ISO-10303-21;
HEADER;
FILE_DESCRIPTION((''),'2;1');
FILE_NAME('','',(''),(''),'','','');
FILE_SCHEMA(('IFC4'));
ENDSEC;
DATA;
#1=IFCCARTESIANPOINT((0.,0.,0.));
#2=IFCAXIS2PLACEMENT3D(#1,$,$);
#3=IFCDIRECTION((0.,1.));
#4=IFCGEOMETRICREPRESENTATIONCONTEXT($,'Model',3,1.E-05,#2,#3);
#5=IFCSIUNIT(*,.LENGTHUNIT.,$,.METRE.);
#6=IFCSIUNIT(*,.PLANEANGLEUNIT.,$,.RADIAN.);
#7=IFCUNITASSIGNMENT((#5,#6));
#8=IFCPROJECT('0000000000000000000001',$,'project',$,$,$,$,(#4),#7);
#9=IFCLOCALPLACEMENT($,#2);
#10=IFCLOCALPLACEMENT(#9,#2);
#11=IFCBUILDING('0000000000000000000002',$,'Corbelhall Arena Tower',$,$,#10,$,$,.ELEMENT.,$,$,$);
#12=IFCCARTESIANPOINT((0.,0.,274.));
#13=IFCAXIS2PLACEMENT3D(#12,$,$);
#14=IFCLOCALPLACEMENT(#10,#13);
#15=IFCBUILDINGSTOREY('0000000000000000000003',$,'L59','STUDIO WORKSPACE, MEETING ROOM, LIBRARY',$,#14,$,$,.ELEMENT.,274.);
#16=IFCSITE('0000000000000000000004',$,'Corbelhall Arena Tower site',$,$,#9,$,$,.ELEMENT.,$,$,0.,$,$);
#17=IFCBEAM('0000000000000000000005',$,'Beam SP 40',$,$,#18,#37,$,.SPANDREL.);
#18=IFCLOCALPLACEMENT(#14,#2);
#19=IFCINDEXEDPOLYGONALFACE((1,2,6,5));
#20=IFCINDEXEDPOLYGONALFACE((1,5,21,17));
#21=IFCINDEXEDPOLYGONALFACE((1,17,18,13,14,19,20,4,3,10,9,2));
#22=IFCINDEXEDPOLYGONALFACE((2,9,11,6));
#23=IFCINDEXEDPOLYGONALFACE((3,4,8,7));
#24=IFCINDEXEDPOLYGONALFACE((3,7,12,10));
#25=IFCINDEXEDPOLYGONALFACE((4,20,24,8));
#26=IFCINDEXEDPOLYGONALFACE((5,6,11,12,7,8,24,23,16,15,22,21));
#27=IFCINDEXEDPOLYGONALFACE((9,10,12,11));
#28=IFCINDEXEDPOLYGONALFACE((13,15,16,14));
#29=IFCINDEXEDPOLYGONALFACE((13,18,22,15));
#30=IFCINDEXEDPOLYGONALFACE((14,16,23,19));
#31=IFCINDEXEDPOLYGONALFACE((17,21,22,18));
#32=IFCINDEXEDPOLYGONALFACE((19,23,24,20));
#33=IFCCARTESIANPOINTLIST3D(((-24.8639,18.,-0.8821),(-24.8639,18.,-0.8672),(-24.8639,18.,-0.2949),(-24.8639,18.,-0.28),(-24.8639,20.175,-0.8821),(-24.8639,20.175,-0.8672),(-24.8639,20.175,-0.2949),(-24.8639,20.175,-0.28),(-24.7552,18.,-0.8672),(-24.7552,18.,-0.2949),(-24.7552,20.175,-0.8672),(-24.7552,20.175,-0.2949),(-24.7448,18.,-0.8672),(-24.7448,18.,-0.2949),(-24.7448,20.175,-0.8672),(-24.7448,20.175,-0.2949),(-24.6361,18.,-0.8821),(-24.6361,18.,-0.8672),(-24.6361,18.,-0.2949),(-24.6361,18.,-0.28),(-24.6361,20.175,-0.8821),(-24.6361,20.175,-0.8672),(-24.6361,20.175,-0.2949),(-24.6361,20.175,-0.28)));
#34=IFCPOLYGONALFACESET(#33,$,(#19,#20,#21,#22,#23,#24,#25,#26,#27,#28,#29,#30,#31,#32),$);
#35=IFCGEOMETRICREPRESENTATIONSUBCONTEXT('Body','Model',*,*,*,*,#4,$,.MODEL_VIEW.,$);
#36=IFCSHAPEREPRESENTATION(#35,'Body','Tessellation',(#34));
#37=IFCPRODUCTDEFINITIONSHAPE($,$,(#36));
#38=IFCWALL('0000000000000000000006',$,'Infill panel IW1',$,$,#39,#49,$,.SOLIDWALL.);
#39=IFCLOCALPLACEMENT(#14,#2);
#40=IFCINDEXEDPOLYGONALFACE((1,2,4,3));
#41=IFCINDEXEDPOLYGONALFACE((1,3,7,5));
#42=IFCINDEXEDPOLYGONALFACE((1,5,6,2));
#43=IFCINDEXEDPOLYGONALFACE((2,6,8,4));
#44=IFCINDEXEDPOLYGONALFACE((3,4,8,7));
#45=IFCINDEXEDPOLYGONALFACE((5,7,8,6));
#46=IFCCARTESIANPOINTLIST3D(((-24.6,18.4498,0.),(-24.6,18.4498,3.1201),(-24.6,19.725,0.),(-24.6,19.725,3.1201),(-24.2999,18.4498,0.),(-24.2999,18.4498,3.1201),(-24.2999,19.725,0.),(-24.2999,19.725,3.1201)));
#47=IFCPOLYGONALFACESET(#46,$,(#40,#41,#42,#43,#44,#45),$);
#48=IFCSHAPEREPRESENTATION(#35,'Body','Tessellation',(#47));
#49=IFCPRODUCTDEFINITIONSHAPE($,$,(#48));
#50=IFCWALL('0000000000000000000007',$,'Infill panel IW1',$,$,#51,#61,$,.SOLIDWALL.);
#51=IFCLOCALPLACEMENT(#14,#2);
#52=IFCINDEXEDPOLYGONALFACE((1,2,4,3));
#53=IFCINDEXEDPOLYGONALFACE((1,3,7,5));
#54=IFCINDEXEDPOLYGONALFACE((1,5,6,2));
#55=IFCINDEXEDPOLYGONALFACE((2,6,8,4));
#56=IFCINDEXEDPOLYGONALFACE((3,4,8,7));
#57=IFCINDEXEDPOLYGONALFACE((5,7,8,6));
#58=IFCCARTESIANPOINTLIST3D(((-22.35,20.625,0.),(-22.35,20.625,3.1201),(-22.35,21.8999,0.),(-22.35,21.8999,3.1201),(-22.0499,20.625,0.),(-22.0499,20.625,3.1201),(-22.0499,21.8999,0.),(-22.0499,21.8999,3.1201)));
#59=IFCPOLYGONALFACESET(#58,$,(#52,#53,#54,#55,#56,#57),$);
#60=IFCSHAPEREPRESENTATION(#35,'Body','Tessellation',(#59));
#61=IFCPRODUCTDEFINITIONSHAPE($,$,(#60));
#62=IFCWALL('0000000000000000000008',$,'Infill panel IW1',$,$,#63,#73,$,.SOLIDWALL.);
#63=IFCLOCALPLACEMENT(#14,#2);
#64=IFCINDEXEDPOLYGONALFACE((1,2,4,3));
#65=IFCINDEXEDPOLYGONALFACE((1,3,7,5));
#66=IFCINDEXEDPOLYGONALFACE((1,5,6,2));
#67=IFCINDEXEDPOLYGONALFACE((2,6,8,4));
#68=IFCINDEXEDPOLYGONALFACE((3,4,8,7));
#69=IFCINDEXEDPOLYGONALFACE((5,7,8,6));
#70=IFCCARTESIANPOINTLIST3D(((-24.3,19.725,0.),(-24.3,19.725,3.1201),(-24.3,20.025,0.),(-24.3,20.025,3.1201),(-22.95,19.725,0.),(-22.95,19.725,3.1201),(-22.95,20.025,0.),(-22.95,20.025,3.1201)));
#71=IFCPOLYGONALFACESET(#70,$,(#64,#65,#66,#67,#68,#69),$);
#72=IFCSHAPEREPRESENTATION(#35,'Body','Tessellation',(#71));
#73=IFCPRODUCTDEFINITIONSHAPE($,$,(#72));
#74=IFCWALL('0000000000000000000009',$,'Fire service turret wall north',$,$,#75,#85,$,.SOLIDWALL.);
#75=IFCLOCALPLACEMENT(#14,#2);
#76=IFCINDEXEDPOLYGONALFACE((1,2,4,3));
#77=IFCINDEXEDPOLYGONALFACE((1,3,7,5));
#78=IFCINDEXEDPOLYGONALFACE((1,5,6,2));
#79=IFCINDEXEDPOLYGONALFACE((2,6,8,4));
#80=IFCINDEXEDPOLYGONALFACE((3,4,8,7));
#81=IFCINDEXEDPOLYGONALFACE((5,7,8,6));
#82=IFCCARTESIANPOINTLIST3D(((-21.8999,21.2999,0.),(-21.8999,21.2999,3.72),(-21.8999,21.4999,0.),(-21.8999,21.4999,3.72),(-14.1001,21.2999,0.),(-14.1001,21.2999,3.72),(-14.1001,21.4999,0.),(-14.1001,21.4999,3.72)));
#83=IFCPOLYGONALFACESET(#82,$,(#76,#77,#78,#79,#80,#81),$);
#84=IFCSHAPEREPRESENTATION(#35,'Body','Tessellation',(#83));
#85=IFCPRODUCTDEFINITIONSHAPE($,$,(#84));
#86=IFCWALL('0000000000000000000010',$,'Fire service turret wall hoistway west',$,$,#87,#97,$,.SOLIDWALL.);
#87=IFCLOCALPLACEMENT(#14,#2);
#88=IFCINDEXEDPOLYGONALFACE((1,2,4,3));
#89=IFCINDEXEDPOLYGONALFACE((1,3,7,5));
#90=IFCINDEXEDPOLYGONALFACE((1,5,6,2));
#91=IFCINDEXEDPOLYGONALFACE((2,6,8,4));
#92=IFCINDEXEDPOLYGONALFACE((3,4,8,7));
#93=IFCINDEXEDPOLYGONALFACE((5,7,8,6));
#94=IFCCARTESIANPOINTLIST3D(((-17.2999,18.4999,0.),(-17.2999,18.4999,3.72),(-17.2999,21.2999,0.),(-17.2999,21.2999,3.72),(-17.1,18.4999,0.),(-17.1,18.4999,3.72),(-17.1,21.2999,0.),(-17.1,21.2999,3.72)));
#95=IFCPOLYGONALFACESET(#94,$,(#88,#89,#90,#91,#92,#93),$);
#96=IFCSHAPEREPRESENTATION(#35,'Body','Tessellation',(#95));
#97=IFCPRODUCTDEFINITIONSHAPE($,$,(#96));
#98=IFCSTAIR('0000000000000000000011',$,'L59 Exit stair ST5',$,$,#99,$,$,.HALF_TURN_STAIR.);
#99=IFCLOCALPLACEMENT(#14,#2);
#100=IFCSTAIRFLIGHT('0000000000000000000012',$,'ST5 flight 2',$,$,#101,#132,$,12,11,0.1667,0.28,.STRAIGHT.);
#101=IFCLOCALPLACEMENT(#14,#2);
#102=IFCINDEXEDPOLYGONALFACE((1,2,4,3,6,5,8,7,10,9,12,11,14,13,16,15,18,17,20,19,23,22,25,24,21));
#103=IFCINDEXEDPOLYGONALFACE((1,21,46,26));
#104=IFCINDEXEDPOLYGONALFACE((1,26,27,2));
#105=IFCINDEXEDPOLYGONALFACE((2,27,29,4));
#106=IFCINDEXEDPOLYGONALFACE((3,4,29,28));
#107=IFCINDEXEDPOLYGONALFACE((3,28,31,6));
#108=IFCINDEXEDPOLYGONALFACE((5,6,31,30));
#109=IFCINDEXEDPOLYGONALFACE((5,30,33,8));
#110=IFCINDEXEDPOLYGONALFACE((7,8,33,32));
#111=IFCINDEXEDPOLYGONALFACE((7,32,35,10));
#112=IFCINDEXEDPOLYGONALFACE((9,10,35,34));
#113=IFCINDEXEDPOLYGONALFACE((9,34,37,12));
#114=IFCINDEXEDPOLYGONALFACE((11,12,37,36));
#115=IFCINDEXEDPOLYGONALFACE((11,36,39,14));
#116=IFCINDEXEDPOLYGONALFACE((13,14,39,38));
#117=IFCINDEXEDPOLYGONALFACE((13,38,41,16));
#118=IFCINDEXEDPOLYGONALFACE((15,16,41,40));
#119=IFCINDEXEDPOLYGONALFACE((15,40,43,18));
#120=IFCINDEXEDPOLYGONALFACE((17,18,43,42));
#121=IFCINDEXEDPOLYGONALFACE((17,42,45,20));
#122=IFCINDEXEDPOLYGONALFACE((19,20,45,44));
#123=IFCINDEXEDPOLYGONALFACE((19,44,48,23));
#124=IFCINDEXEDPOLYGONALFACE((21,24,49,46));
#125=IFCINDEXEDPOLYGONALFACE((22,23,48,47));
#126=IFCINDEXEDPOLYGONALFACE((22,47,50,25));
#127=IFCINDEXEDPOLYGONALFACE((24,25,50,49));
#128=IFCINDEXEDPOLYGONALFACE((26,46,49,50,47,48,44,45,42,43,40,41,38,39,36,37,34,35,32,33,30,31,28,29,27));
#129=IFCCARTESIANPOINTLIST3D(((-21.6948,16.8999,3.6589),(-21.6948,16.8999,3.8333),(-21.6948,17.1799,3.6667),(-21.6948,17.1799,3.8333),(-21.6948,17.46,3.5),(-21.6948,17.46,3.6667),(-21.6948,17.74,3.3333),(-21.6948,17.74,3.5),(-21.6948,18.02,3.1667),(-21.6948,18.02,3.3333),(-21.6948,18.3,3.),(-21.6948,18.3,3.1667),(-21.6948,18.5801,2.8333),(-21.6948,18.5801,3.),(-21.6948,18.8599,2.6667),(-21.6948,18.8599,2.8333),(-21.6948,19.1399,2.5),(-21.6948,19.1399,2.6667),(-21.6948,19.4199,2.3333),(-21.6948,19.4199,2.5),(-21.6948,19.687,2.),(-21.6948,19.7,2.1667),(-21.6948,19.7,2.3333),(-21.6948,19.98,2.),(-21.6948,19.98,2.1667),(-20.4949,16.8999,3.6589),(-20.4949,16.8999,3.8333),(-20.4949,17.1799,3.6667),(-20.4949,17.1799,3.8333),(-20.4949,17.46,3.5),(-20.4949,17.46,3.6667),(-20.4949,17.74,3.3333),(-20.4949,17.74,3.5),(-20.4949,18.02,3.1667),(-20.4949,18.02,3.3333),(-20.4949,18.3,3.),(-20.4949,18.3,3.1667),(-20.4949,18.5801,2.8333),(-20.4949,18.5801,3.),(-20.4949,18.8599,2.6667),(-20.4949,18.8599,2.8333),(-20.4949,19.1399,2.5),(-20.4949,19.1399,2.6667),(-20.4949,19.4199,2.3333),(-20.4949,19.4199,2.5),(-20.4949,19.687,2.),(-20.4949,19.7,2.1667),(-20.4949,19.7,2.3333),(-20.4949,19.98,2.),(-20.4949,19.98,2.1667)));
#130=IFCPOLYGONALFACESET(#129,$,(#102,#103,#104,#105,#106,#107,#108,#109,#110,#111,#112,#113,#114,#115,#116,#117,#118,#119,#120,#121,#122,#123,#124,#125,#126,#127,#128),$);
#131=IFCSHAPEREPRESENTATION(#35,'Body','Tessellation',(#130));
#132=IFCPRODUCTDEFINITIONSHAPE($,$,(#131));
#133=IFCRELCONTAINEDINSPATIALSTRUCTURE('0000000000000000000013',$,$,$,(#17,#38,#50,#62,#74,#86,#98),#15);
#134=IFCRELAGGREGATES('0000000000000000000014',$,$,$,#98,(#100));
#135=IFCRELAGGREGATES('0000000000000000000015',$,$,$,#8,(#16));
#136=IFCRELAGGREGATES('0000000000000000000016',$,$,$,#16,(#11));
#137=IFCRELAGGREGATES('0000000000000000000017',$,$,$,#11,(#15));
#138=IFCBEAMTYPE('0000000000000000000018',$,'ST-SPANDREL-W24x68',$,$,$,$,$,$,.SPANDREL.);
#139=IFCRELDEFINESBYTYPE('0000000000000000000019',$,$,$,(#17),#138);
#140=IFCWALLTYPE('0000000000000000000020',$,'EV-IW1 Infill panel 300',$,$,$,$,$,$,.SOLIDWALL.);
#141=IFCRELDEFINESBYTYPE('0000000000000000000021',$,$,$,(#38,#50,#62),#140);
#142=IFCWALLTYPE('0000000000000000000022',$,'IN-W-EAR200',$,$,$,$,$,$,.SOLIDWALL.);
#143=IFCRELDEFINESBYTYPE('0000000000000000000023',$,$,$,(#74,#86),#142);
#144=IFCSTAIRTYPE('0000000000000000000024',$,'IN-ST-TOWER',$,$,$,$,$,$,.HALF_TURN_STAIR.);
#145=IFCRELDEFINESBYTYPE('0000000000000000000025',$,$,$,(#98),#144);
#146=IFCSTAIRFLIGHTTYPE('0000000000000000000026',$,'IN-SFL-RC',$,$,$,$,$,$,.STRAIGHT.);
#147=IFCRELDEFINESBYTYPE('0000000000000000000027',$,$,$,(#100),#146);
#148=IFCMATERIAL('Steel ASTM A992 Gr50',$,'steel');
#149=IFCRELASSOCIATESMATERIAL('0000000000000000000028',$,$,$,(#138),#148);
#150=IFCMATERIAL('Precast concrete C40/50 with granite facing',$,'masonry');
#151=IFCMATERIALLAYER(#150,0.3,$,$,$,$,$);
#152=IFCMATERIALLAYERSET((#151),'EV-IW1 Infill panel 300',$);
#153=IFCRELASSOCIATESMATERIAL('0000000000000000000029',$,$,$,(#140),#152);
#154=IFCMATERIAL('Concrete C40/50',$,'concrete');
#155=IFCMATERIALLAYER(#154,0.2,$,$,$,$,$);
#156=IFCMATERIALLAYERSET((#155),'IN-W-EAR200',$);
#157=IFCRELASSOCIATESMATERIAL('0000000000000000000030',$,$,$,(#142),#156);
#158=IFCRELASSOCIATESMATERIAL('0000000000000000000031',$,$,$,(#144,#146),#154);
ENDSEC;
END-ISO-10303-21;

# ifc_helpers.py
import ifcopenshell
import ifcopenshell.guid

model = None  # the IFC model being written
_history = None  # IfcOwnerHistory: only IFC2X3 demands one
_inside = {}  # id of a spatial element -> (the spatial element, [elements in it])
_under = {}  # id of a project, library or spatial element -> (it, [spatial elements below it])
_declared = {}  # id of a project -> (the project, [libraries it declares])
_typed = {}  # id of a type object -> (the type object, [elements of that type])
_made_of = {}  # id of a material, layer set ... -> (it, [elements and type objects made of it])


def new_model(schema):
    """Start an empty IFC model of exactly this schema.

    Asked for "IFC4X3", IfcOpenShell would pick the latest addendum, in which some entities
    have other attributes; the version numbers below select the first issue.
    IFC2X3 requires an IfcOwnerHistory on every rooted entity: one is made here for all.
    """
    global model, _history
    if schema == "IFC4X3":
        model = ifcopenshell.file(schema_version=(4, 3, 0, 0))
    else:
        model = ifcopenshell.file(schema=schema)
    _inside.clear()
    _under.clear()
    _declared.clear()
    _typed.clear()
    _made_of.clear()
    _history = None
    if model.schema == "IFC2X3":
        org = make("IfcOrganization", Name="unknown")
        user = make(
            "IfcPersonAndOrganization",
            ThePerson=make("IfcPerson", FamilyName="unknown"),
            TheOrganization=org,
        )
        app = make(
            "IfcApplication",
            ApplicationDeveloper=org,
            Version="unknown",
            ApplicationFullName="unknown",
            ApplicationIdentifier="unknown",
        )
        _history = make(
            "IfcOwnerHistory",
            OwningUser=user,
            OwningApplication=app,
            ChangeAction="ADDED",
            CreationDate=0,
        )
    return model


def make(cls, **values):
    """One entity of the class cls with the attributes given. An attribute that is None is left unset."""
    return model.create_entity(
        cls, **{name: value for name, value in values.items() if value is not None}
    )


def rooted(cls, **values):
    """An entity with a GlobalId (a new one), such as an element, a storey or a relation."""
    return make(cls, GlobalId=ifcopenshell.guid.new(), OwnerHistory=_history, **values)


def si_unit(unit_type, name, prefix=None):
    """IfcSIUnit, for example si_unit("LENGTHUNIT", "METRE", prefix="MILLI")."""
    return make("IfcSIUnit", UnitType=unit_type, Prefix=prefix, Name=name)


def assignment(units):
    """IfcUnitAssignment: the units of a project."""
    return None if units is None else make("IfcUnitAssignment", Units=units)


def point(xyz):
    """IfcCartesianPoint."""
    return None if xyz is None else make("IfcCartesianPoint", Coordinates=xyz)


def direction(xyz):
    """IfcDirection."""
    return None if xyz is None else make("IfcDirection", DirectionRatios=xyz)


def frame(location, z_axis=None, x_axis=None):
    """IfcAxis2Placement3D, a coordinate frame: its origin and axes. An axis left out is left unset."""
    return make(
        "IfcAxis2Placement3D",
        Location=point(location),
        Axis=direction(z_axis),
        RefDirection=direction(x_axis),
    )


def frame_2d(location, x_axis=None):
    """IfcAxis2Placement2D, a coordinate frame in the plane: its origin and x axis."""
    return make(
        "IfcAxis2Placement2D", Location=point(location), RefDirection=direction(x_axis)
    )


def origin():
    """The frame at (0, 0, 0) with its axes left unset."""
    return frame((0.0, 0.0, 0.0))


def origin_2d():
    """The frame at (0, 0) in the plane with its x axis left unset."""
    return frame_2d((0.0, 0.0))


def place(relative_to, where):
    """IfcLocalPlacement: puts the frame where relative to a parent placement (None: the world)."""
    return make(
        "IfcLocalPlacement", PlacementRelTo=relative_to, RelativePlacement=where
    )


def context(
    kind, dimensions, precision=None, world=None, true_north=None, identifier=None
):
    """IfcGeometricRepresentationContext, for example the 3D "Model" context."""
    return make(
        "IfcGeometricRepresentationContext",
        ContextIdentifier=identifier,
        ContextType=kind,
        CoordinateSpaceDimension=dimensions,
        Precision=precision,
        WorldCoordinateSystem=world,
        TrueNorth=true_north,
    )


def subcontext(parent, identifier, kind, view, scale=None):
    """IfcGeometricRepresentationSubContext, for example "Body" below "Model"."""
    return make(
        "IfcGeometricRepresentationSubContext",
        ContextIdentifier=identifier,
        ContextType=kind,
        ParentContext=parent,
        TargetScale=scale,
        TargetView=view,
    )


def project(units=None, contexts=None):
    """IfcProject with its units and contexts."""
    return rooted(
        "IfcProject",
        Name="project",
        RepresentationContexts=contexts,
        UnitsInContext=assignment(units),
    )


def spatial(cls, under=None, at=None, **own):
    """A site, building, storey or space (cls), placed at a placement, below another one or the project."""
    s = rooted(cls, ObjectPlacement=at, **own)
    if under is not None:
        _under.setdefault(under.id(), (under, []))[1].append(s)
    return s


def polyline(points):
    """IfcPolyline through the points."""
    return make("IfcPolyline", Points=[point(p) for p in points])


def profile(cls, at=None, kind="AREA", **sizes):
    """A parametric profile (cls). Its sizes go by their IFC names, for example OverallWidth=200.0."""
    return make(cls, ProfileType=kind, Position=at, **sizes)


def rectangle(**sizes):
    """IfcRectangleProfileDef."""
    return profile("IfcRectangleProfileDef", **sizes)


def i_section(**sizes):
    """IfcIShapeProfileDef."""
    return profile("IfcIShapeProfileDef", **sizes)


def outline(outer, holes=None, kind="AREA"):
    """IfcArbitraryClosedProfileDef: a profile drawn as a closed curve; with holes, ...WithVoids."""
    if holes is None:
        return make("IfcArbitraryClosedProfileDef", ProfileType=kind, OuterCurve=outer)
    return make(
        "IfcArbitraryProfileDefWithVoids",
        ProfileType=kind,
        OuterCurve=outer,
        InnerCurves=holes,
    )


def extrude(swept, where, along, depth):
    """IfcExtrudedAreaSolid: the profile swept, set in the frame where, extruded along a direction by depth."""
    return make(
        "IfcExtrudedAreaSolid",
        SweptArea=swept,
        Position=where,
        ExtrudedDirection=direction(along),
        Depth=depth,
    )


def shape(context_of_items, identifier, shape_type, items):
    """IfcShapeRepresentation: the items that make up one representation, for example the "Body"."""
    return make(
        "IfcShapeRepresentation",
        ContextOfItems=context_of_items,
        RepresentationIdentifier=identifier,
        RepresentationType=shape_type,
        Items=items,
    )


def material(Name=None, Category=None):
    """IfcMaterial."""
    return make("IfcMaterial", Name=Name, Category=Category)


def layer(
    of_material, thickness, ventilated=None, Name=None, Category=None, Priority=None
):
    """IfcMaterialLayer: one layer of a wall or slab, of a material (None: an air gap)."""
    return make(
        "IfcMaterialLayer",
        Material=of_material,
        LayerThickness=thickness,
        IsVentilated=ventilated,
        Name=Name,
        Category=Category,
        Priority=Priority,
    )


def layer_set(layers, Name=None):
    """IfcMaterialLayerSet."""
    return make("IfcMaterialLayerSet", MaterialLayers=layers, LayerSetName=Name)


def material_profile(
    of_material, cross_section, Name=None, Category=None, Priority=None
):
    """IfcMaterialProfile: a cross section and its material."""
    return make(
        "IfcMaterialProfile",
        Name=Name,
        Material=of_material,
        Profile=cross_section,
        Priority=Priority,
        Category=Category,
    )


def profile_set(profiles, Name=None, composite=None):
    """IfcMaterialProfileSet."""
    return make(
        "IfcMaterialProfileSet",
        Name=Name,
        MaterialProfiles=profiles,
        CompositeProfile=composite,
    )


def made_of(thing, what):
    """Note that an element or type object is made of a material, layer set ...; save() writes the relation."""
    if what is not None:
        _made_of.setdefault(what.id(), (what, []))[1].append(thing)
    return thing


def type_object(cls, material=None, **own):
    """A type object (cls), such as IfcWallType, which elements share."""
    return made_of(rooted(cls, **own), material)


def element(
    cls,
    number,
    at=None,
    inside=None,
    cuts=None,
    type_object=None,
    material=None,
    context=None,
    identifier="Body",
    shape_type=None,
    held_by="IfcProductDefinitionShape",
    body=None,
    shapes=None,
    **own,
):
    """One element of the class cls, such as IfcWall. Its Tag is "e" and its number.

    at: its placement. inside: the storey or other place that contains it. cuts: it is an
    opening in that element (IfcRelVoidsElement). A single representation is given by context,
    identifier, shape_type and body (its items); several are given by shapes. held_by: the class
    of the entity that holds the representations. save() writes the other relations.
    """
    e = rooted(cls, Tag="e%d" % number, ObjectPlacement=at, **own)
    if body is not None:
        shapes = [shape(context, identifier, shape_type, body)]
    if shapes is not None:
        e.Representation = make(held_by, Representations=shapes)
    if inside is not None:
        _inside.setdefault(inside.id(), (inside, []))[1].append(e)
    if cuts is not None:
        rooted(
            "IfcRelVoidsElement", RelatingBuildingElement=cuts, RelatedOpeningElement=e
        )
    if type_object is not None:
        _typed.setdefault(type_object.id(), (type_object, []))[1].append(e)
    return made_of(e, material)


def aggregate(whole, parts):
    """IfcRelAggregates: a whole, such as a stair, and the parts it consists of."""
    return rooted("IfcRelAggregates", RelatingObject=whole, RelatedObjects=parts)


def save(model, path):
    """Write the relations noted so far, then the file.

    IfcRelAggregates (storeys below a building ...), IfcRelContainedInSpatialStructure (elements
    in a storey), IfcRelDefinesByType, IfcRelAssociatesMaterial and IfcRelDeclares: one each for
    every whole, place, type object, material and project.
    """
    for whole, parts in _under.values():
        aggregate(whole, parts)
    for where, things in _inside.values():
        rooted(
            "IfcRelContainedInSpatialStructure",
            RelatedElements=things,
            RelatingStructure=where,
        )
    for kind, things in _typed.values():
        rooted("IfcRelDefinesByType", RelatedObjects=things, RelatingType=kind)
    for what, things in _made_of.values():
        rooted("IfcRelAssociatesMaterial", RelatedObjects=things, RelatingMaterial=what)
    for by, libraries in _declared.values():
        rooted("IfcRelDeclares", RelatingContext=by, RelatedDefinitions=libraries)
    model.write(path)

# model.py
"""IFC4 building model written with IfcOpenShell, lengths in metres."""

from ifc_helpers import new_model, si_unit, direction, frame, frame_2d, origin, origin_2d, place, context, subcontext, project, spatial, polyline, rectangle, i_section, outline, extrude, material, layer, layer_set, material_profile, profile_set, type_object, element, aggregate, save


model = new_model("IFC4")

# Units and contexts
model_context = context("Model", 3, precision=1e-05, world=origin(), true_north=direction((0.0, 1.0)))
body_context = subcontext(model_context, "Body", "Model", "MODEL_VIEW")
ifc_project = project(units=[si_unit("LENGTHUNIT", "METRE"), si_unit("PLANEANGLEUNIT", "RADIAN")], contexts=[model_context])

# Site, building, storey
site_placement = place(None, origin())
site = spatial("IfcSite", under=ifc_project, at=site_placement, Name="Corbelhall Arena Tower site", CompositionType="ELEMENT", RefElevation=0.0)
building_placement = place(site_placement, origin())
building = spatial("IfcBuilding", under=site, at=building_placement, Name="Corbelhall Arena Tower", CompositionType="ELEMENT")
storey_placement = place(building_placement, frame((0.0, 0.0, 274.0)))
storey = spatial("IfcBuildingStorey", under=building, at=storey_placement, Name="L59", Description="STUDIO WORKSPACE, MEETING ROOM, LIBRARY", CompositionType="ELEMENT", Elevation=274.0)

# Beam
ifc_material_1 = material(Name="Steel ASTM A992 Gr50", Category="steel")
ifc_material_profile_1 = material_profile(ifc_material_1, i_section(OverallWidth=0.2278, OverallDepth=0.6021, WebThickness=0.0105, FlangeThickness=0.0149, at=origin_2d()))
ifc_profile_set_1 = profile_set([ifc_material_profile_1], Name="Steel ASTM A992 Gr50")
beam_type = type_object("IfcBeamType", Name="ST-SPANDREL-W24x68", PredefinedType="SPANDREL", material=ifc_profile_set_1)
beam_1_placement = place(storey_placement, frame((-24.75, 18.0, -0.5811), z_axis=(0.0, 1.0, 0.0), x_axis=(-1.0, 0.0, 0.0)))
element("IfcBeam", 1, at=beam_1_placement, inside=storey, type_object=beam_type, Name="Beam SP 40", PredefinedType="SPANDREL", context=body_context, shape_type="SweptSolid", body=[
    extrude(i_section(OverallWidth=0.2278, OverallDepth=0.6021, WebThickness=0.0105, FlangeThickness=0.0149, at=origin_2d()), origin(), (0.0, 0.0, 1.0), 2.175),
])

# Wall
ifc_material_2 = material(Name="Precast concrete C40/50 with granite facing", Category="masonry")
ifc_layer_1 = layer(ifc_material_2, 0.3)
ifc_layer_set_1 = layer_set([ifc_layer_1], Name="EV-IW1 Infill panel 300")
wall_type_1 = type_object("IfcWallType", Name="EV-IW1 Infill panel 300", PredefinedType="SOLIDWALL", material=ifc_layer_set_1)
wall_1_placement = place(storey_placement, frame((-24.45, 19.7251, 0.0), z_axis=(0.0, 0.0, 1.0), x_axis=(0.0, -1.0, 0.0)))
element("IfcWall", 2, at=wall_1_placement, inside=storey, type_object=wall_type_1, Name="Infill panel IW1", PredefinedType="SOLIDWALL", context=body_context, shape_type="SweptSolid", body=[
    extrude(rectangle(XDim=1.2751, YDim=0.3, at=frame_2d((0.6377, 0.0))), origin(), (0.0, 0.0, 1.0), 3.1201),
])

# Walls
wall_2_placement = place(storey_placement, frame((-22.2, 21.8999, 0.0), z_axis=(0.0, 0.0, 1.0), x_axis=(0.0, -1.0, 0.0)))
element("IfcWall", 3, at=wall_2_placement, inside=storey, type_object=wall_type_1, Name="Infill panel IW1", PredefinedType="SOLIDWALL", context=body_context, shape_type="SweptSolid", body=[
    extrude(rectangle(XDim=1.2749, YDim=0.3, at=frame_2d((0.6375, 0.0))), origin(), (0.0, 0.0, 1.0), 3.1201),
])
wall_3_placement = place(storey_placement, frame((-22.95, 19.875, 0.0), z_axis=(0.0, 0.0, 1.0), x_axis=(-1.0, 0.0, 0.0)))
element("IfcWall", 4, at=wall_3_placement, inside=storey, type_object=wall_type_1, Name="Infill panel IW1", PredefinedType="SOLIDWALL", context=body_context, shape_type="SweptSolid", body=[
    extrude(rectangle(XDim=1.3501, YDim=0.3, at=frame_2d((0.675, 0.0))), origin(), (0.0, 0.0, 1.0), 3.1201),
])
ifc_material_3 = material(Name="Concrete C40/50", Category="concrete")
ifc_layer_2 = layer(ifc_material_3, 0.2)
ifc_layer_set_2 = layer_set([ifc_layer_2], Name="IN-W-EAR200")
wall_type_2 = type_object("IfcWallType", Name="IN-W-EAR200", PredefinedType="SOLIDWALL", material=ifc_layer_set_2)
wall_4_placement = place(storey_placement, frame((-21.8999, 21.3999, 0.0), z_axis=(0.0, 0.0, 1.0), x_axis=(1.0, 0.0, 0.0)))
element("IfcWall", 5, at=wall_4_placement, inside=storey, type_object=wall_type_2, Name="Fire service turret wall north", PredefinedType="SOLIDWALL", context=body_context, shape_type="SweptSolid", body=[
    extrude(rectangle(XDim=7.7998, YDim=0.2, at=frame_2d((3.8999, 0.0))), origin(), (0.0, 0.0, 1.0), 3.72),
])
wall_5_placement = place(storey_placement, frame((-17.2, 18.5, 0.0), z_axis=(0.0, 0.0, 1.0), x_axis=(0.0, 1.0, 0.0)))
element("IfcWall", 6, at=wall_5_placement, inside=storey, type_object=wall_type_2, Name="Fire service turret wall hoistway west", PredefinedType="SOLIDWALL", context=body_context, shape_type="SweptSolid", body=[
    extrude(rectangle(XDim=2.8, YDim=0.2, at=frame_2d((1.3999, 0.0))), origin(), (0.0, 0.0, 1.0), 3.72),
])

# Stair, stair flight
stair_type = type_object("IfcStairType", Name="IN-ST-TOWER", PredefinedType="HALF_TURN_STAIR", material=ifc_material_3)
stair_placement = place(storey_placement, origin())
stair = element("IfcStair", 7, at=stair_placement, inside=storey, type_object=stair_type, Name="L59 Exit stair ST5", PredefinedType="HALF_TURN_STAIR")
stair_flight_type = type_object("IfcStairFlightType", Name="IN-SFL-RC", PredefinedType="STRAIGHT", material=ifc_material_3)
stair_flight_placement = place(storey_placement, frame((-21.095, 19.98, 2.0), z_axis=(0.0, 0.0, 1.0), x_axis=(0.0, -1.0, 0.0)))
stair_flight = element("IfcStairFlight", 8, at=stair_flight_placement, type_object=stair_flight_type, Name="ST5 flight 2", NumberOfRisers=12, NumberOfTreads=11, PredefinedType="STRAIGHT", RiserHeight=0.1667, TreadLength=0.28, context=body_context, shape_type="SweptSolid", body=[
    extrude(outline(polyline([(0.0, 0.0), (0.0, 0.1667), (0.28, 0.1667), (0.28, 0.3333), (0.5601, 0.3333), (0.5601, 0.5), (0.8401, 0.5), (0.8401, 0.6667), (1.1201, 0.6667), (1.1201, 0.8333), (1.3999, 0.8333), (1.3999, 1.0), (1.6799, 1.0), (1.6799, 1.1667), (1.96, 1.1667), (1.96, 1.3333), (2.24, 1.3333), (2.24, 1.5), (2.52, 1.5), (2.52, 1.6667), (2.8, 1.6667), (2.8, 1.8333), (3.0801, 1.8333), (3.0801, 2.0), (3.0801, 1.6589), (0.293, 0.0), (0.0, 0.0)])), frame((0.0, 0.6001, 0.0), z_axis=(0.0, -1.0, 0.0), x_axis=(1.0, 0.0, 0.0)), (0.0, 0.0, 1.0), 1.2),
])
aggregate(stair, [stair_flight])

save(model, "model.ifc")
